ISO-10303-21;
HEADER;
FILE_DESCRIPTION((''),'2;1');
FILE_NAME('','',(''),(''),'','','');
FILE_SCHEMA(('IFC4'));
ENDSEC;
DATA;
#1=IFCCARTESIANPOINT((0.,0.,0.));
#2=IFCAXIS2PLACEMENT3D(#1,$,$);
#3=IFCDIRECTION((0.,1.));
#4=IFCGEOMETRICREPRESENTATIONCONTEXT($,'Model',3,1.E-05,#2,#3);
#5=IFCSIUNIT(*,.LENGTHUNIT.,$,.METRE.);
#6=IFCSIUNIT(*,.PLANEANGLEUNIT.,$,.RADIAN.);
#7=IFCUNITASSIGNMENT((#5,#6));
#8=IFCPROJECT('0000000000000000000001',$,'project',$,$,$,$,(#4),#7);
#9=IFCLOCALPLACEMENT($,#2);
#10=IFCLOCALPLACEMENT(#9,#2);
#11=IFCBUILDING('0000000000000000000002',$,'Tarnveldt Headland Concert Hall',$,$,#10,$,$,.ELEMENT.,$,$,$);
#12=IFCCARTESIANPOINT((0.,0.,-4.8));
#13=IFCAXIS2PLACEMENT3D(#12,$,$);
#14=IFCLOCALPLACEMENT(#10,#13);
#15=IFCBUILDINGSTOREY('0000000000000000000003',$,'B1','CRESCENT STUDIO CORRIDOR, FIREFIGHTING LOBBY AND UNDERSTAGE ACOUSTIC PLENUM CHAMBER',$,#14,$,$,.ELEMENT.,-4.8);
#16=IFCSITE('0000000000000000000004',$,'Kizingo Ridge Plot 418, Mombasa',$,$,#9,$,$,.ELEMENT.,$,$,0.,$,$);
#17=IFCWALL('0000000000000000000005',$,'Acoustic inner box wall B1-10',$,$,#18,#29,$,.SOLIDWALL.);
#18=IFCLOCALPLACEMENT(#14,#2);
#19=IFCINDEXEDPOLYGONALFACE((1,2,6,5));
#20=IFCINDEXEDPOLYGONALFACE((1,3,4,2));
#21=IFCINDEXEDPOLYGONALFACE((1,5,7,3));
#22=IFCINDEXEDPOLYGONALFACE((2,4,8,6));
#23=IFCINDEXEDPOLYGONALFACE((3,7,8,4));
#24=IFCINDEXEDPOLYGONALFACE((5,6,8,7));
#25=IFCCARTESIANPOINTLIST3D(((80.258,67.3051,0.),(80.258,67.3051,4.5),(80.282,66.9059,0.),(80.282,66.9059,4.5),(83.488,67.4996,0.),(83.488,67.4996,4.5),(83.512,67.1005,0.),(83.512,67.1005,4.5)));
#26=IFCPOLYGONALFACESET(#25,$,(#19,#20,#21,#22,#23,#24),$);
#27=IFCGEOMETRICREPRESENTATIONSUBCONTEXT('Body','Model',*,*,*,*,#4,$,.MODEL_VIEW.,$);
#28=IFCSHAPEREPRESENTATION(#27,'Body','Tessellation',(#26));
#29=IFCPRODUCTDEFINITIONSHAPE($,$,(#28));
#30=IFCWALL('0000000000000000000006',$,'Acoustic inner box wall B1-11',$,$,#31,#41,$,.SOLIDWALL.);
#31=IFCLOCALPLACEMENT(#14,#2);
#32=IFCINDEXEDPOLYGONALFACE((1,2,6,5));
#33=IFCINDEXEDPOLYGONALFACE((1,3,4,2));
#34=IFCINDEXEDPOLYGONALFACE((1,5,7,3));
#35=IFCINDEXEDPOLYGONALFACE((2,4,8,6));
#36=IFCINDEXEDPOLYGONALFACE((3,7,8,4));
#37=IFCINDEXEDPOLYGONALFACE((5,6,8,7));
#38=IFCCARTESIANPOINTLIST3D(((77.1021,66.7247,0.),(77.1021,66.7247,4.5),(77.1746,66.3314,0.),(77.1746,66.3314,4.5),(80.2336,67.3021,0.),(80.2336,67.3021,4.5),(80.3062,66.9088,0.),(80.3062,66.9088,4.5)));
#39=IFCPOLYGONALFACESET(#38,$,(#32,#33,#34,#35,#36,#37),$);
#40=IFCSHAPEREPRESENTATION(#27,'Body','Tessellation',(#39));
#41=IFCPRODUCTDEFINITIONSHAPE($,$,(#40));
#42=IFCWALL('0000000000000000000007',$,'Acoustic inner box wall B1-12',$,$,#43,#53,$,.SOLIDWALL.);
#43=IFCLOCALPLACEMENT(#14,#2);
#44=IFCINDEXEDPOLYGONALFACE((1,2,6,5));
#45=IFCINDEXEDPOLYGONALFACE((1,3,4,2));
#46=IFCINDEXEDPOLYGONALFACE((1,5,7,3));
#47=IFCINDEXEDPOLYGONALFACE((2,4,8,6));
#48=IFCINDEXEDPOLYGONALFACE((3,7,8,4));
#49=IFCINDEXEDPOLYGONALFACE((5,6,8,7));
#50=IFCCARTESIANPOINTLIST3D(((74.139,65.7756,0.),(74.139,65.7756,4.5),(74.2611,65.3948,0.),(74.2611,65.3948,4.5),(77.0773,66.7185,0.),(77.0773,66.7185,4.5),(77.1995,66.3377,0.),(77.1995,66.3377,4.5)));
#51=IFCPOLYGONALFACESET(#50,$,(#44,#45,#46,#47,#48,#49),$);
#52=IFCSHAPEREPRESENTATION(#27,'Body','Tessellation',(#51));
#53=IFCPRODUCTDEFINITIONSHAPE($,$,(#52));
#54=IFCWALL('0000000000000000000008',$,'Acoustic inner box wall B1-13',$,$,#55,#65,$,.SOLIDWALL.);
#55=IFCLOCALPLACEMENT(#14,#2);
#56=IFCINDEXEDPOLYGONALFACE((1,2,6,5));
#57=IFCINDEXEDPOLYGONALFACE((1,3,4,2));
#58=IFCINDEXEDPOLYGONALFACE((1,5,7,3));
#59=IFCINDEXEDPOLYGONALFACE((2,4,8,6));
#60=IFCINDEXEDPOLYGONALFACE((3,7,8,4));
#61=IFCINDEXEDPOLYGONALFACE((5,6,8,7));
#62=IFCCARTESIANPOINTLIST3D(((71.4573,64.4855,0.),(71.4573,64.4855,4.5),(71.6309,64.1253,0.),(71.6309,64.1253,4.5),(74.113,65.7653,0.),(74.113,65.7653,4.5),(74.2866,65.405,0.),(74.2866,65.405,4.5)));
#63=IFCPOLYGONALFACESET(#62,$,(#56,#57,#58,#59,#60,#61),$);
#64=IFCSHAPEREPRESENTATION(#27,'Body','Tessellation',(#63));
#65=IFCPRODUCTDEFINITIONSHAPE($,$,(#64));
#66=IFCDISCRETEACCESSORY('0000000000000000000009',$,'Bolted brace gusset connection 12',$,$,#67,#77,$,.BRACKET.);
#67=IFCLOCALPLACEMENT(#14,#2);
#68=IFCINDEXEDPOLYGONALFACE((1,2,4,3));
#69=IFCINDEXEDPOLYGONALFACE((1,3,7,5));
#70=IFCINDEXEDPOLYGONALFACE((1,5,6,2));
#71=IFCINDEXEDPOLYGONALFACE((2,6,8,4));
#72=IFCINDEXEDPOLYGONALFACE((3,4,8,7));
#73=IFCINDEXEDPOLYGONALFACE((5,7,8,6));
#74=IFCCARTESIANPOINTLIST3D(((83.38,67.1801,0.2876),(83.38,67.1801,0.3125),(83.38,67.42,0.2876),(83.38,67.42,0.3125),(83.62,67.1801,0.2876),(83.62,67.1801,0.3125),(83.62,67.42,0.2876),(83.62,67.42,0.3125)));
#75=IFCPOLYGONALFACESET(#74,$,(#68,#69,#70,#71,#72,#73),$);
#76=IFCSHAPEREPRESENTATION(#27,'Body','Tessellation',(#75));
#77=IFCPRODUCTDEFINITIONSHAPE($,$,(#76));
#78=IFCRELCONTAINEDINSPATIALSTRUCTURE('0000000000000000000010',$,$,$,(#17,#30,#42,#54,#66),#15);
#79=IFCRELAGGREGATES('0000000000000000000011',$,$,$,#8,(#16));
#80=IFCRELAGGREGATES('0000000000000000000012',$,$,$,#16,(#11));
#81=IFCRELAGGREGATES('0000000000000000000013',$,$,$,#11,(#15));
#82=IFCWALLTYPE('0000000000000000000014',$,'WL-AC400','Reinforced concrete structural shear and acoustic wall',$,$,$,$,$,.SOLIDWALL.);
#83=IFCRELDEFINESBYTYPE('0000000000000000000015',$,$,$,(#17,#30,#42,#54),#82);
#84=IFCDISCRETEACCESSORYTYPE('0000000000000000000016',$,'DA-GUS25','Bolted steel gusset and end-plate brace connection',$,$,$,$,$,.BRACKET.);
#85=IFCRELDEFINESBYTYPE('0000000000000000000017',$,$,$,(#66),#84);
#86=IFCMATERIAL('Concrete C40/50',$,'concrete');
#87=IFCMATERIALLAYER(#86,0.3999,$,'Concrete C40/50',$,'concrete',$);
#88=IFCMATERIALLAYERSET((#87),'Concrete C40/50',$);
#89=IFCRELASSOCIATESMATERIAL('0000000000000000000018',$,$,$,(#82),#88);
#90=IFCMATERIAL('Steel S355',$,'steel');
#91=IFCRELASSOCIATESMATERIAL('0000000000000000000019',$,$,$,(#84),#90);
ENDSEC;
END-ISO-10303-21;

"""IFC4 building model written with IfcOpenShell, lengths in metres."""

from ifc_helpers import new_model, si_unit, direction, frame, frame_2d, origin, origin_2d, place, context, subcontext, project, spatial, rectangle, extrude, material, layer, layer_set, type_object, element, save


model = new_model("IFC4")

# Units and contexts
model_context = context("Model", 3, precision=1e-05, world=origin(), true_north=direction((0.0, 1.0)))
body_context = subcontext(model_context, "Body", "Model", "MODEL_VIEW")
ifc_project = project(units=[si_unit("LENGTHUNIT", "METRE"), si_unit("PLANEANGLEUNIT", "RADIAN")], contexts=[model_context])

# Site, building, storey
site_placement = place(None, origin())
site = spatial("IfcSite", under=ifc_project, at=site_placement, Name="Kizingo Ridge Plot 418, Mombasa", CompositionType="ELEMENT", RefElevation=0.0)
building_placement = place(site_placement, origin())
building = spatial("IfcBuilding", under=site, at=building_placement, Name="Tarnveldt Headland Concert Hall", CompositionType="ELEMENT")
storey_placement = place(building_placement, frame((0.0, 0.0, -4.8)))
storey = spatial("IfcBuildingStorey", under=building, at=storey_placement, Name="B1", Description="CRESCENT STUDIO CORRIDOR, FIREFIGHTING LOBBY AND UNDERSTAGE ACOUSTIC PLENUM CHAMBER", CompositionType="ELEMENT", Elevation=-4.8)

# Shared definitions
ifc_material_1 = material(Name="Concrete C40/50", Category="concrete")

# Shared definitions
ifc_material_2 = material(Name="Steel S355", Category="steel")

# Walls
ifc_layer = layer(ifc_material_1, 0.3999, Name="Concrete C40/50", Category="concrete")
ifc_layer_set = layer_set([ifc_layer], Name="Concrete C40/50")
wall_type = type_object("IfcWallType", Name="WL-AC400", Description="Reinforced concrete structural shear and acoustic wall", PredefinedType="SOLIDWALL", material=ifc_layer_set)
wall_1_placement = place(storey_placement, frame((83.5, 67.3, 0.0), z_axis=(0.0, 0.0, 1.0), x_axis=(-0.99819, -0.060133, 0.0)))
element("IfcWall", 1, at=wall_1_placement, inside=storey, type_object=wall_type, Name="Acoustic inner box wall B1-10", PredefinedType="SOLIDWALL", context=body_context, shape_type="SweptSolid", body=[
    extrude(rectangle(XDim=3.2358, YDim=0.3999, at=frame_2d((1.6179, 0.0))), origin(), (0.0, 0.0, 1.0), 4.5),
])
wall_2_placement = place(storey_placement, frame((80.27, 67.1055, 0.0), z_axis=(0.0, 0.0, 1.0), x_axis=(-0.983424, -0.18132, 0.0)))
element("IfcWall", 2, at=wall_2_placement, inside=storey, type_object=wall_type, Name="Acoustic inner box wall B1-11", PredefinedType="SOLIDWALL", context=body_context, shape_type="SweptSolid", body=[
    extrude(rectangle(XDim=3.1843, YDim=0.3999, at=frame_2d((1.5923, 0.0))), origin(), (0.0, 0.0, 1.0), 4.5),
])
wall_3_placement = place(storey_placement, frame((77.1384, 66.5281, 0.0), z_axis=(0.0, 0.0, 1.0), x_axis=(-0.952183, -0.305528, 0.0)))
element("IfcWall", 3, at=wall_3_placement, inside=storey, type_object=wall_type, Name="Acoustic inner box wall B1-12", PredefinedType="SOLIDWALL", context=body_context, shape_type="SweptSolid", body=[
    extrude(rectangle(XDim=3.0859, YDim=0.3999, at=frame_2d((1.543, 0.0))), origin(), (0.0, 0.0, 1.0), 4.5),
])
wall_4_placement = place(storey_placement, frame((74.2, 65.5852, 0.0), z_axis=(0.0, 0.0, 1.0), x_axis=(-0.900858, -0.434114, 0.0)))
element("IfcWall", 4, at=wall_4_placement, inside=storey, type_object=wall_type, Name="Acoustic inner box wall B1-13", PredefinedType="SOLIDWALL", context=body_context, shape_type="SweptSolid", body=[
    extrude(rectangle(XDim=2.948, YDim=0.3999, at=frame_2d((1.4741, 0.0))), origin(), (0.0, 0.0, 1.0), 4.5),
])

# Discrete accessory
discrete_accessory_type = type_object("IfcDiscreteAccessoryType", Name="DA-GUS25", Description="Bolted steel gusset and end-plate brace connection", PredefinedType="BRACKET", material=ifc_material_2)
discrete_accessory_placement = place(storey_placement, frame((83.5, 67.3, 0.2876), z_axis=(0.0, 0.0, 1.0), x_axis=(1.0, 0.0, 0.0)))
element("IfcDiscreteAccessory", 5, at=discrete_accessory_placement, inside=storey, type_object=discrete_accessory_type, Name="Bolted brace gusset connection 12", PredefinedType="BRACKET", context=body_context, shape_type="SweptSolid", body=[
    extrude(rectangle(XDim=0.24, YDim=0.24, at=origin_2d()), origin(), (0.0, 0.0, 1.0), 0.0249),
])

save(model, "model.ifc")
